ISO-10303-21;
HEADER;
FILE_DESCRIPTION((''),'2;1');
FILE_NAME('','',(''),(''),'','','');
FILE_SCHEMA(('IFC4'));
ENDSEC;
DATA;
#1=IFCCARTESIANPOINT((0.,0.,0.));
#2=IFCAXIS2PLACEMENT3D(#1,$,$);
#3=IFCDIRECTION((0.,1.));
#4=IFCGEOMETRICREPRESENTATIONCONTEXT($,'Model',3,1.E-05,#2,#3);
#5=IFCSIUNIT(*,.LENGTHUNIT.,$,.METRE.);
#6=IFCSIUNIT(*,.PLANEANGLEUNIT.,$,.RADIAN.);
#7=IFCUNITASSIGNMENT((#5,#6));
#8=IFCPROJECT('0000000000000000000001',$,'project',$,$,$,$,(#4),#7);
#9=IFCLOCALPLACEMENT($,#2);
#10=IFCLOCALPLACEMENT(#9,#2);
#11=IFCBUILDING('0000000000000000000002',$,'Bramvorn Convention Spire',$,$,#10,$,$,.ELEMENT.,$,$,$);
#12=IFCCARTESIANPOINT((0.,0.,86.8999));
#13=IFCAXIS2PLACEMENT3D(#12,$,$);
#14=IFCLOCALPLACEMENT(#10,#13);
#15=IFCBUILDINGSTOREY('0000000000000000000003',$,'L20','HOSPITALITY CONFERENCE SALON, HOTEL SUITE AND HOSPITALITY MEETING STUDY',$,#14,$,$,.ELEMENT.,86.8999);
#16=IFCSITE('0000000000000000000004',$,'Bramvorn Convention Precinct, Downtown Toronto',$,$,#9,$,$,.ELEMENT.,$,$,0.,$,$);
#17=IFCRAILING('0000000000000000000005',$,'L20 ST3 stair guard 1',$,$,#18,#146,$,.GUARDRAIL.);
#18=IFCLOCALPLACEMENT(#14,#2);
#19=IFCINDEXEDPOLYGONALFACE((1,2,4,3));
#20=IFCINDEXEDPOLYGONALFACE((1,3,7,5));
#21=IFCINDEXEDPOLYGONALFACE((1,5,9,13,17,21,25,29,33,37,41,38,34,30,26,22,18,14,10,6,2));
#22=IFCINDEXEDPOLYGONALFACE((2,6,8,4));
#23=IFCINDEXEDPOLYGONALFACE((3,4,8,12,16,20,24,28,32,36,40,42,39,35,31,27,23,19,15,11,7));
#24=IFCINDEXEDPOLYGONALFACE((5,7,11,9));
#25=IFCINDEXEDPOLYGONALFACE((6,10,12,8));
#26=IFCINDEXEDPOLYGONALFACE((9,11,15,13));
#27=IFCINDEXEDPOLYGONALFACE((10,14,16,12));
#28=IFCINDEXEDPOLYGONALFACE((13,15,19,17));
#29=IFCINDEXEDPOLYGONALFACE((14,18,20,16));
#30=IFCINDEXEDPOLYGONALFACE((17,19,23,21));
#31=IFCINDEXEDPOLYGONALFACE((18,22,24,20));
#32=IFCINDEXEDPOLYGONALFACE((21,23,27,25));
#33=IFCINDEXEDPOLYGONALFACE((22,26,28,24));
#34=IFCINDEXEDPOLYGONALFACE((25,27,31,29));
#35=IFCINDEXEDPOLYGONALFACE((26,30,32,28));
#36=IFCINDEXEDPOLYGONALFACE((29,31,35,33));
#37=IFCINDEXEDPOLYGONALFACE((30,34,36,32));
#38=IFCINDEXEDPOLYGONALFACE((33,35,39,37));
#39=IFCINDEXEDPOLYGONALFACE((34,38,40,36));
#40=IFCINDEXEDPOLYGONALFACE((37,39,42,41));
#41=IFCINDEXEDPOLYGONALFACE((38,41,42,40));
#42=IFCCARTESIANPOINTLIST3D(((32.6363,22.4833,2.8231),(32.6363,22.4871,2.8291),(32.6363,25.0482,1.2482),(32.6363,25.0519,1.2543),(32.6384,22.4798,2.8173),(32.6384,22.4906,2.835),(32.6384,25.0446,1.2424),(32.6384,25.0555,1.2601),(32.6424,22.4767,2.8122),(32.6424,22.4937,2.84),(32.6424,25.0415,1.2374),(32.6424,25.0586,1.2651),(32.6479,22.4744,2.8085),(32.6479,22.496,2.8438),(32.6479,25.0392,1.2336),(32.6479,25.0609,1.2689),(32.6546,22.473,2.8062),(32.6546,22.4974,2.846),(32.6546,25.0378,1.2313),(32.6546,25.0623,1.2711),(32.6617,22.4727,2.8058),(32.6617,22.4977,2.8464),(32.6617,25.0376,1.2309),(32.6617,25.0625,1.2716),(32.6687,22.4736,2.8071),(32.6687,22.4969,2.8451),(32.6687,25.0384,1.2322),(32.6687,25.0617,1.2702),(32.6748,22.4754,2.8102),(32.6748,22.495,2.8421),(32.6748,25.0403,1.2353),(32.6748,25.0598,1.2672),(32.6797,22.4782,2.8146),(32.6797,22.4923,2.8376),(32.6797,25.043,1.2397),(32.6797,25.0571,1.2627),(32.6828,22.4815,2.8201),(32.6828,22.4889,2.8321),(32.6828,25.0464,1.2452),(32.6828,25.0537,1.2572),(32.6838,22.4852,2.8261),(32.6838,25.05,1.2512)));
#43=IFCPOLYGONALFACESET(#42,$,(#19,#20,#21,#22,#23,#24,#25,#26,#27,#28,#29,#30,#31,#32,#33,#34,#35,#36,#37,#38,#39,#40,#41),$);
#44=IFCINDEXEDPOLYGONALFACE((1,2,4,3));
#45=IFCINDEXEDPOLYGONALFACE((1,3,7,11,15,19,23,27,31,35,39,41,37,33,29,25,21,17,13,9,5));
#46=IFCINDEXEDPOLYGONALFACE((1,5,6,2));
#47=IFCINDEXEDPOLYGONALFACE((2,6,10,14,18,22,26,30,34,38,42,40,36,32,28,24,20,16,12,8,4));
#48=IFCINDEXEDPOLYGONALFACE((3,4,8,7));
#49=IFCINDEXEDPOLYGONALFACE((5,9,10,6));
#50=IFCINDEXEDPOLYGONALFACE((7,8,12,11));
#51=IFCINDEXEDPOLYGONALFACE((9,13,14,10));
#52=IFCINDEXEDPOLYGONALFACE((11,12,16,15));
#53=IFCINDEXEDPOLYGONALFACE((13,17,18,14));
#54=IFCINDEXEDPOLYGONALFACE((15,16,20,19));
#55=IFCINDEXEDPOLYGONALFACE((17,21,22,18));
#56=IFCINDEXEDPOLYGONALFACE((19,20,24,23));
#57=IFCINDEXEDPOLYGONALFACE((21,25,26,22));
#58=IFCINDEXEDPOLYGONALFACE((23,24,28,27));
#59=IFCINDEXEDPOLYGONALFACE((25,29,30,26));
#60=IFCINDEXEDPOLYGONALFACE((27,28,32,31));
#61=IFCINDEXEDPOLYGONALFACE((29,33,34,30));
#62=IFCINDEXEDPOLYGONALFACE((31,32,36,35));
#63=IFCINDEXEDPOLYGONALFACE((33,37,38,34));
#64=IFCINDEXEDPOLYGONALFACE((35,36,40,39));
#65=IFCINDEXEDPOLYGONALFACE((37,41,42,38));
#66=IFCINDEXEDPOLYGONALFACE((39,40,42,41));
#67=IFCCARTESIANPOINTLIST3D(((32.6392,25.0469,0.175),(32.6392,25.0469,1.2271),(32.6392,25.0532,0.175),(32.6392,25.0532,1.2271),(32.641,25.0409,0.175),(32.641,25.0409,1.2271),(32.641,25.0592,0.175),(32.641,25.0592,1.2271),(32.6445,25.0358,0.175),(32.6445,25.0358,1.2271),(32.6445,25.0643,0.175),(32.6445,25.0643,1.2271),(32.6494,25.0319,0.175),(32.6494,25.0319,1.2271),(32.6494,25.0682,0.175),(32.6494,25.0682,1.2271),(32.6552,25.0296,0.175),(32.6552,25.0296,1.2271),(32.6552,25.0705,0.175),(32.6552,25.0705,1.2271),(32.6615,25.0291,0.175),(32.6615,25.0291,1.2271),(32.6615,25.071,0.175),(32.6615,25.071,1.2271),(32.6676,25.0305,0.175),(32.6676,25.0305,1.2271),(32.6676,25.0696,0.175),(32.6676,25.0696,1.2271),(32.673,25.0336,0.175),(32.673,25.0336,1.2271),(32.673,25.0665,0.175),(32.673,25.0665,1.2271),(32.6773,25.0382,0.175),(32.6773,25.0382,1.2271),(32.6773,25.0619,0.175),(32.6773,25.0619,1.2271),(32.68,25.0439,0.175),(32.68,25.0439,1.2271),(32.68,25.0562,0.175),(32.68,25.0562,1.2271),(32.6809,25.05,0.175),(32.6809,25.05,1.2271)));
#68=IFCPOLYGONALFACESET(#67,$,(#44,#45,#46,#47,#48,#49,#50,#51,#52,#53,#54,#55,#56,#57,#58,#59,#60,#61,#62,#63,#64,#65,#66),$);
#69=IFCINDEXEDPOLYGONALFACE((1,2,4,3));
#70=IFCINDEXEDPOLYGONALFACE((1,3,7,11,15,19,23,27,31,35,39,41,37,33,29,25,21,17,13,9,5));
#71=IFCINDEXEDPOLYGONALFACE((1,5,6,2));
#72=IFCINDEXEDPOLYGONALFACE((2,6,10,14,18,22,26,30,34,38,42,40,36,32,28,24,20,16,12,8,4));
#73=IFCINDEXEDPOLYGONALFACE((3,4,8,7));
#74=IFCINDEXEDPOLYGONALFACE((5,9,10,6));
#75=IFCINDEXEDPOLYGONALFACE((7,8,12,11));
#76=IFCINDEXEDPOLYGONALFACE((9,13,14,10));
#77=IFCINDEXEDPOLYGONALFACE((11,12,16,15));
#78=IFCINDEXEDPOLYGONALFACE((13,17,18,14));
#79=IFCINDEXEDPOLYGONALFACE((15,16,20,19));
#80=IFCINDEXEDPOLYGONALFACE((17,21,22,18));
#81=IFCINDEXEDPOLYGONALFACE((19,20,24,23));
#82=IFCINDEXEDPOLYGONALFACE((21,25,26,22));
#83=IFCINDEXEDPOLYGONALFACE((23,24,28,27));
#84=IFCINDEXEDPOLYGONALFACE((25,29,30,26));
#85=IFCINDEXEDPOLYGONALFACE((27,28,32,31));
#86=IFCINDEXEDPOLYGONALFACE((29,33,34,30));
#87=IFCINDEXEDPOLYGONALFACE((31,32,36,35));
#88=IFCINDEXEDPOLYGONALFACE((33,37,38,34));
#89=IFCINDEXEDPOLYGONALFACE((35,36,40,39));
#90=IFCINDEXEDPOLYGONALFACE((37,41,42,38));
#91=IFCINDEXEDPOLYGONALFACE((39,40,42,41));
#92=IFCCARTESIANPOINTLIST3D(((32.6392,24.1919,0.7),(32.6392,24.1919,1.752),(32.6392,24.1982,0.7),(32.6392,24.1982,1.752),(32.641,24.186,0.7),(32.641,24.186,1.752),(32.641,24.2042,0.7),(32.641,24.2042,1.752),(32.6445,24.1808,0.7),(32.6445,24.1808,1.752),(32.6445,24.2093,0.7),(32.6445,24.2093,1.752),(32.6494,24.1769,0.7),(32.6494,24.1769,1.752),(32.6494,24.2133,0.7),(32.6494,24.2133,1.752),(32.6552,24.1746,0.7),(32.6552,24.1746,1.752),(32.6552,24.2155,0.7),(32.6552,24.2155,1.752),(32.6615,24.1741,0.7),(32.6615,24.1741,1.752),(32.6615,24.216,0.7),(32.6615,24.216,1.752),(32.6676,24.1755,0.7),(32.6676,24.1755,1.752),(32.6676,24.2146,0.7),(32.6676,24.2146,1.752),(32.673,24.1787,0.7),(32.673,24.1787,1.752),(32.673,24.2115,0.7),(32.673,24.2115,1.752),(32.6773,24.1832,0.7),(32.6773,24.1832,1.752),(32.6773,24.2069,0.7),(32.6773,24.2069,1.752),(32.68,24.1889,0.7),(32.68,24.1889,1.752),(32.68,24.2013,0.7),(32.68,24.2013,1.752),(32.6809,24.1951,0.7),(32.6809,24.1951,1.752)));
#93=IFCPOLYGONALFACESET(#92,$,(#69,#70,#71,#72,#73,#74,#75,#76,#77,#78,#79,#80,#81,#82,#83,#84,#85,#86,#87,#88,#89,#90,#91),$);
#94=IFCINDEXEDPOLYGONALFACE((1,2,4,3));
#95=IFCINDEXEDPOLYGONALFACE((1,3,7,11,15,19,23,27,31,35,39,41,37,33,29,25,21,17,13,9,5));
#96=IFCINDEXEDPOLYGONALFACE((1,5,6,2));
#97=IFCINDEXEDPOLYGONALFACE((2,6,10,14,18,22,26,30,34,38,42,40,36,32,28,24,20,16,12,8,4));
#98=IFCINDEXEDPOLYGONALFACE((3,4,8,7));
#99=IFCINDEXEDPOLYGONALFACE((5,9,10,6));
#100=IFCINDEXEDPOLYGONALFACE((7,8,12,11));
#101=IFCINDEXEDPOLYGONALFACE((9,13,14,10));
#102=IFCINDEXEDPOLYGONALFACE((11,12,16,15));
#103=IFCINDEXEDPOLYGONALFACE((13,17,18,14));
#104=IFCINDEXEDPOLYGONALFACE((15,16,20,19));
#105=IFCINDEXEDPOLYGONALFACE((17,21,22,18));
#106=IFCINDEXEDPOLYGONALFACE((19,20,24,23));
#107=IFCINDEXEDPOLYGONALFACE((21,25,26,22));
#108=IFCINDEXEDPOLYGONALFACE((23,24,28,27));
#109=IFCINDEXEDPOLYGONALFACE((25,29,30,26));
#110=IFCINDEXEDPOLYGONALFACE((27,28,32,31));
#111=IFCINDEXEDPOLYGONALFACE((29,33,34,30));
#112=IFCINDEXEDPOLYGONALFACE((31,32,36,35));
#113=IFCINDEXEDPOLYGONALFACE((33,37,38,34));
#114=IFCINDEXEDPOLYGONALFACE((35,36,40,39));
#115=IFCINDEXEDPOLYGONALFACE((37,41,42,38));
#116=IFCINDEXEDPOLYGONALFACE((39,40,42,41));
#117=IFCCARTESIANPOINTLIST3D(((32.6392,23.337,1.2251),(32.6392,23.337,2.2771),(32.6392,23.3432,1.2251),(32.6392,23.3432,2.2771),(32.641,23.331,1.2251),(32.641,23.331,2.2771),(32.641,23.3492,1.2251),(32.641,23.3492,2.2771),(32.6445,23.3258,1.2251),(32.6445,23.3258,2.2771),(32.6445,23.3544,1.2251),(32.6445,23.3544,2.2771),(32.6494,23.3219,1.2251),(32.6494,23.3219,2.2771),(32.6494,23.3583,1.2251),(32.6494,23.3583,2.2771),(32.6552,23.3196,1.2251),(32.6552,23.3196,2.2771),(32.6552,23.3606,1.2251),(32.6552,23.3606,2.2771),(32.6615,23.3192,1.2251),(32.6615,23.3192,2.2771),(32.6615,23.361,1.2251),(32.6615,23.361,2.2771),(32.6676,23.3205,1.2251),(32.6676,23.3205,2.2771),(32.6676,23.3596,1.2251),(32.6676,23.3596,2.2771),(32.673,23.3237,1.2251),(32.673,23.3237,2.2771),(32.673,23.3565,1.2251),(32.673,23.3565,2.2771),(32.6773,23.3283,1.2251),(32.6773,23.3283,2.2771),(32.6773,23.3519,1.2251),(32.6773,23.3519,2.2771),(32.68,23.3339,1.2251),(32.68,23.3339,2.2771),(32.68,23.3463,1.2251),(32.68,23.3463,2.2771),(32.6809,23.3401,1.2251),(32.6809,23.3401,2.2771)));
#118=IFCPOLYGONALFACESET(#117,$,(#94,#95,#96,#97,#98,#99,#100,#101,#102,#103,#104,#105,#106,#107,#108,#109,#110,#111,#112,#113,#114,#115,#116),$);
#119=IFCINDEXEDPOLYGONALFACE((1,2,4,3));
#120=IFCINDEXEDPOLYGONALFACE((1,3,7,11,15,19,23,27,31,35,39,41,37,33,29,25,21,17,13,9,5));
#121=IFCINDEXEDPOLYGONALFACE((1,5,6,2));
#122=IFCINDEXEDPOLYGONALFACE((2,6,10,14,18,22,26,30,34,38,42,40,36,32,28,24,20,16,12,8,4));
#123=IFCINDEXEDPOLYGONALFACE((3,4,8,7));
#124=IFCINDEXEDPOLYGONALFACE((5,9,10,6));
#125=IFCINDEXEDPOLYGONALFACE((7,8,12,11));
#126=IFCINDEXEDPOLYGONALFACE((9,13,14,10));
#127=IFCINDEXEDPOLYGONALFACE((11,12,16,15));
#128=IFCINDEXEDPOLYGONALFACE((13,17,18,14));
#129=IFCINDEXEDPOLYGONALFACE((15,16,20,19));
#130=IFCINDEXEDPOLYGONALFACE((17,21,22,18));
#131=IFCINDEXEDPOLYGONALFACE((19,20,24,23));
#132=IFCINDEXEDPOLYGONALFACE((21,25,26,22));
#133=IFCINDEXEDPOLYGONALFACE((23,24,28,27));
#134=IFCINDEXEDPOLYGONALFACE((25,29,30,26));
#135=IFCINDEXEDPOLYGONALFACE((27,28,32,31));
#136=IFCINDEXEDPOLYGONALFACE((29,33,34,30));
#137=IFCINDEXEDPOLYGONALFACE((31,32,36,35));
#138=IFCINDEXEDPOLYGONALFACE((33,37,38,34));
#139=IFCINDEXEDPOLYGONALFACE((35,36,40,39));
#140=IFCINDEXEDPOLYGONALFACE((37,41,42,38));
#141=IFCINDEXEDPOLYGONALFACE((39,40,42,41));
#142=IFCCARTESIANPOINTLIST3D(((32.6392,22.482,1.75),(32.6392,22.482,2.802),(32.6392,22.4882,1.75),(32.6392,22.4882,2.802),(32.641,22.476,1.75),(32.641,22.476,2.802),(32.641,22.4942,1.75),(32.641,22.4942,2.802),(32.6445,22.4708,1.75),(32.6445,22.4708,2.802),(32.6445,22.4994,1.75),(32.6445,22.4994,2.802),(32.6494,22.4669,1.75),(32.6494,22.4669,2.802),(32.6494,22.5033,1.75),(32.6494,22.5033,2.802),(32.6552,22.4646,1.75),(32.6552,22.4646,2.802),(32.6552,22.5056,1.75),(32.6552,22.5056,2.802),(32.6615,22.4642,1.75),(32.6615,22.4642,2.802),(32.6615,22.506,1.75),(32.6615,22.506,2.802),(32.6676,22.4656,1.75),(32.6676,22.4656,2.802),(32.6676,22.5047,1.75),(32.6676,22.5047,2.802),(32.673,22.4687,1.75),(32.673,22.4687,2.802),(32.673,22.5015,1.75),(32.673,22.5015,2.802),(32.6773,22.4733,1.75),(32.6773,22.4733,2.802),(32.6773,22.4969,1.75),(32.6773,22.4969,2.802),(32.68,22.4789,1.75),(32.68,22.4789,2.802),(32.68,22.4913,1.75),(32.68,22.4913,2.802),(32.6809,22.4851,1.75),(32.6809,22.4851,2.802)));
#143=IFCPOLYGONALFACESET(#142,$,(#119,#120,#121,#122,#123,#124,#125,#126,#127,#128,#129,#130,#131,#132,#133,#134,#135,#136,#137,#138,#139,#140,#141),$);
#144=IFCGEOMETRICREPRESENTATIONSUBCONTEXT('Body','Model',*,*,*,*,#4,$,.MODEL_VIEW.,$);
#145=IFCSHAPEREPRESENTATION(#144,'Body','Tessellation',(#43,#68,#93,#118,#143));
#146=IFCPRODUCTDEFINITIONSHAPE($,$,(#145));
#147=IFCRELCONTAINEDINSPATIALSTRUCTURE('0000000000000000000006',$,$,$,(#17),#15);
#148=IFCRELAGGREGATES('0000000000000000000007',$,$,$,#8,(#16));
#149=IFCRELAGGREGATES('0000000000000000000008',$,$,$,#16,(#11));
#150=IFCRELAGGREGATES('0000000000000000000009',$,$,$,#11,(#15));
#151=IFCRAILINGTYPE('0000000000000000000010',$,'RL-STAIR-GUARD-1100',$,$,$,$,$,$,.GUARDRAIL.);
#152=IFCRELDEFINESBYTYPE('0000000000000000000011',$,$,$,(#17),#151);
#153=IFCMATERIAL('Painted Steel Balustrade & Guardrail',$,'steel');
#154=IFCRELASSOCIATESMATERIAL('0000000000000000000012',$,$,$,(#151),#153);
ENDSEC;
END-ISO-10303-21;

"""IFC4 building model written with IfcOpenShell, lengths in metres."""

from ifc_helpers import new_model, si_unit, direction, frame, origin, origin_2d, place, context, subcontext, project, spatial, circle, extrude, material, type_object, element, save


model = new_model("IFC4")

# Units and contexts
model_context = context("Model", 3, precision=1e-05, world=origin(), true_north=direction((0.0, 1.0)))
body_context = subcontext(model_context, "Body", "Model", "MODEL_VIEW")
ifc_project = project(units=[si_unit("LENGTHUNIT", "METRE"), si_unit("PLANEANGLEUNIT", "RADIAN")], contexts=[model_context])

# Site, building, storey
site_placement = place(None, origin())
site = spatial("IfcSite", under=ifc_project, at=site_placement, Name="Bramvorn Convention Precinct, Downtown Toronto", CompositionType="ELEMENT", RefElevation=0.0)
building_placement = place(site_placement, origin())
building = spatial("IfcBuilding", under=site, at=building_placement, Name="Bramvorn Convention Spire", CompositionType="ELEMENT")
storey_placement = place(building_placement, frame((0.0, 0.0, 86.8999)))
storey = spatial("IfcBuildingStorey", under=building, at=storey_placement, Name="L20", Description="HOSPITALITY CONFERENCE SALON, HOTEL SUITE AND HOSPITALITY MEETING STUDY", CompositionType="ELEMENT", Elevation=86.8999)

# Railing
ifc_material_1 = material(Name="Painted Steel Balustrade & Guardrail", Category="steel")
railing_type_1 = type_object("IfcRailingType", Name="RL-STAIR-GUARD-1100", PredefinedType="GUARDRAIL", material=ifc_material_1)
railing_1_placement = place(storey_placement, frame((32.6599, 25.05, 0.175)))
element("IfcRailing", 1, at=railing_1_placement, inside=storey, type_object=railing_type_1, Name="L20 ST3 stair guard 1", PredefinedType="GUARDRAIL", context=body_context, shape_type="SweptSolid", body=[
    extrude(circle(Radius=0.0239, at=origin_2d()), frame((0.0, 0.0, 1.0762), z_axis=(0.0, -0.852173, 0.52326), x_axis=(1.0, 0.0, 0.0)), (0.0, 0.0, 1.0), 3.0098),
    extrude(circle(Radius=0.021, at=origin_2d()), origin(), (0.0, 0.0, 1.0), 1.052),
    extrude(circle(Radius=0.021, at=origin_2d()), frame((0.0, -0.855, 0.5249)), (0.0, 0.0, 1.0), 1.052),
    extrude(circle(Radius=0.021, at=origin_2d()), frame((0.0, -1.71, 1.05)), (0.0, 0.0, 1.0), 1.052),
    extrude(circle(Radius=0.021, at=origin_2d()), frame((0.0, -2.5649, 1.575)), (0.0, 0.0, 1.0), 1.052),
])

save(model, "model.ifc")
